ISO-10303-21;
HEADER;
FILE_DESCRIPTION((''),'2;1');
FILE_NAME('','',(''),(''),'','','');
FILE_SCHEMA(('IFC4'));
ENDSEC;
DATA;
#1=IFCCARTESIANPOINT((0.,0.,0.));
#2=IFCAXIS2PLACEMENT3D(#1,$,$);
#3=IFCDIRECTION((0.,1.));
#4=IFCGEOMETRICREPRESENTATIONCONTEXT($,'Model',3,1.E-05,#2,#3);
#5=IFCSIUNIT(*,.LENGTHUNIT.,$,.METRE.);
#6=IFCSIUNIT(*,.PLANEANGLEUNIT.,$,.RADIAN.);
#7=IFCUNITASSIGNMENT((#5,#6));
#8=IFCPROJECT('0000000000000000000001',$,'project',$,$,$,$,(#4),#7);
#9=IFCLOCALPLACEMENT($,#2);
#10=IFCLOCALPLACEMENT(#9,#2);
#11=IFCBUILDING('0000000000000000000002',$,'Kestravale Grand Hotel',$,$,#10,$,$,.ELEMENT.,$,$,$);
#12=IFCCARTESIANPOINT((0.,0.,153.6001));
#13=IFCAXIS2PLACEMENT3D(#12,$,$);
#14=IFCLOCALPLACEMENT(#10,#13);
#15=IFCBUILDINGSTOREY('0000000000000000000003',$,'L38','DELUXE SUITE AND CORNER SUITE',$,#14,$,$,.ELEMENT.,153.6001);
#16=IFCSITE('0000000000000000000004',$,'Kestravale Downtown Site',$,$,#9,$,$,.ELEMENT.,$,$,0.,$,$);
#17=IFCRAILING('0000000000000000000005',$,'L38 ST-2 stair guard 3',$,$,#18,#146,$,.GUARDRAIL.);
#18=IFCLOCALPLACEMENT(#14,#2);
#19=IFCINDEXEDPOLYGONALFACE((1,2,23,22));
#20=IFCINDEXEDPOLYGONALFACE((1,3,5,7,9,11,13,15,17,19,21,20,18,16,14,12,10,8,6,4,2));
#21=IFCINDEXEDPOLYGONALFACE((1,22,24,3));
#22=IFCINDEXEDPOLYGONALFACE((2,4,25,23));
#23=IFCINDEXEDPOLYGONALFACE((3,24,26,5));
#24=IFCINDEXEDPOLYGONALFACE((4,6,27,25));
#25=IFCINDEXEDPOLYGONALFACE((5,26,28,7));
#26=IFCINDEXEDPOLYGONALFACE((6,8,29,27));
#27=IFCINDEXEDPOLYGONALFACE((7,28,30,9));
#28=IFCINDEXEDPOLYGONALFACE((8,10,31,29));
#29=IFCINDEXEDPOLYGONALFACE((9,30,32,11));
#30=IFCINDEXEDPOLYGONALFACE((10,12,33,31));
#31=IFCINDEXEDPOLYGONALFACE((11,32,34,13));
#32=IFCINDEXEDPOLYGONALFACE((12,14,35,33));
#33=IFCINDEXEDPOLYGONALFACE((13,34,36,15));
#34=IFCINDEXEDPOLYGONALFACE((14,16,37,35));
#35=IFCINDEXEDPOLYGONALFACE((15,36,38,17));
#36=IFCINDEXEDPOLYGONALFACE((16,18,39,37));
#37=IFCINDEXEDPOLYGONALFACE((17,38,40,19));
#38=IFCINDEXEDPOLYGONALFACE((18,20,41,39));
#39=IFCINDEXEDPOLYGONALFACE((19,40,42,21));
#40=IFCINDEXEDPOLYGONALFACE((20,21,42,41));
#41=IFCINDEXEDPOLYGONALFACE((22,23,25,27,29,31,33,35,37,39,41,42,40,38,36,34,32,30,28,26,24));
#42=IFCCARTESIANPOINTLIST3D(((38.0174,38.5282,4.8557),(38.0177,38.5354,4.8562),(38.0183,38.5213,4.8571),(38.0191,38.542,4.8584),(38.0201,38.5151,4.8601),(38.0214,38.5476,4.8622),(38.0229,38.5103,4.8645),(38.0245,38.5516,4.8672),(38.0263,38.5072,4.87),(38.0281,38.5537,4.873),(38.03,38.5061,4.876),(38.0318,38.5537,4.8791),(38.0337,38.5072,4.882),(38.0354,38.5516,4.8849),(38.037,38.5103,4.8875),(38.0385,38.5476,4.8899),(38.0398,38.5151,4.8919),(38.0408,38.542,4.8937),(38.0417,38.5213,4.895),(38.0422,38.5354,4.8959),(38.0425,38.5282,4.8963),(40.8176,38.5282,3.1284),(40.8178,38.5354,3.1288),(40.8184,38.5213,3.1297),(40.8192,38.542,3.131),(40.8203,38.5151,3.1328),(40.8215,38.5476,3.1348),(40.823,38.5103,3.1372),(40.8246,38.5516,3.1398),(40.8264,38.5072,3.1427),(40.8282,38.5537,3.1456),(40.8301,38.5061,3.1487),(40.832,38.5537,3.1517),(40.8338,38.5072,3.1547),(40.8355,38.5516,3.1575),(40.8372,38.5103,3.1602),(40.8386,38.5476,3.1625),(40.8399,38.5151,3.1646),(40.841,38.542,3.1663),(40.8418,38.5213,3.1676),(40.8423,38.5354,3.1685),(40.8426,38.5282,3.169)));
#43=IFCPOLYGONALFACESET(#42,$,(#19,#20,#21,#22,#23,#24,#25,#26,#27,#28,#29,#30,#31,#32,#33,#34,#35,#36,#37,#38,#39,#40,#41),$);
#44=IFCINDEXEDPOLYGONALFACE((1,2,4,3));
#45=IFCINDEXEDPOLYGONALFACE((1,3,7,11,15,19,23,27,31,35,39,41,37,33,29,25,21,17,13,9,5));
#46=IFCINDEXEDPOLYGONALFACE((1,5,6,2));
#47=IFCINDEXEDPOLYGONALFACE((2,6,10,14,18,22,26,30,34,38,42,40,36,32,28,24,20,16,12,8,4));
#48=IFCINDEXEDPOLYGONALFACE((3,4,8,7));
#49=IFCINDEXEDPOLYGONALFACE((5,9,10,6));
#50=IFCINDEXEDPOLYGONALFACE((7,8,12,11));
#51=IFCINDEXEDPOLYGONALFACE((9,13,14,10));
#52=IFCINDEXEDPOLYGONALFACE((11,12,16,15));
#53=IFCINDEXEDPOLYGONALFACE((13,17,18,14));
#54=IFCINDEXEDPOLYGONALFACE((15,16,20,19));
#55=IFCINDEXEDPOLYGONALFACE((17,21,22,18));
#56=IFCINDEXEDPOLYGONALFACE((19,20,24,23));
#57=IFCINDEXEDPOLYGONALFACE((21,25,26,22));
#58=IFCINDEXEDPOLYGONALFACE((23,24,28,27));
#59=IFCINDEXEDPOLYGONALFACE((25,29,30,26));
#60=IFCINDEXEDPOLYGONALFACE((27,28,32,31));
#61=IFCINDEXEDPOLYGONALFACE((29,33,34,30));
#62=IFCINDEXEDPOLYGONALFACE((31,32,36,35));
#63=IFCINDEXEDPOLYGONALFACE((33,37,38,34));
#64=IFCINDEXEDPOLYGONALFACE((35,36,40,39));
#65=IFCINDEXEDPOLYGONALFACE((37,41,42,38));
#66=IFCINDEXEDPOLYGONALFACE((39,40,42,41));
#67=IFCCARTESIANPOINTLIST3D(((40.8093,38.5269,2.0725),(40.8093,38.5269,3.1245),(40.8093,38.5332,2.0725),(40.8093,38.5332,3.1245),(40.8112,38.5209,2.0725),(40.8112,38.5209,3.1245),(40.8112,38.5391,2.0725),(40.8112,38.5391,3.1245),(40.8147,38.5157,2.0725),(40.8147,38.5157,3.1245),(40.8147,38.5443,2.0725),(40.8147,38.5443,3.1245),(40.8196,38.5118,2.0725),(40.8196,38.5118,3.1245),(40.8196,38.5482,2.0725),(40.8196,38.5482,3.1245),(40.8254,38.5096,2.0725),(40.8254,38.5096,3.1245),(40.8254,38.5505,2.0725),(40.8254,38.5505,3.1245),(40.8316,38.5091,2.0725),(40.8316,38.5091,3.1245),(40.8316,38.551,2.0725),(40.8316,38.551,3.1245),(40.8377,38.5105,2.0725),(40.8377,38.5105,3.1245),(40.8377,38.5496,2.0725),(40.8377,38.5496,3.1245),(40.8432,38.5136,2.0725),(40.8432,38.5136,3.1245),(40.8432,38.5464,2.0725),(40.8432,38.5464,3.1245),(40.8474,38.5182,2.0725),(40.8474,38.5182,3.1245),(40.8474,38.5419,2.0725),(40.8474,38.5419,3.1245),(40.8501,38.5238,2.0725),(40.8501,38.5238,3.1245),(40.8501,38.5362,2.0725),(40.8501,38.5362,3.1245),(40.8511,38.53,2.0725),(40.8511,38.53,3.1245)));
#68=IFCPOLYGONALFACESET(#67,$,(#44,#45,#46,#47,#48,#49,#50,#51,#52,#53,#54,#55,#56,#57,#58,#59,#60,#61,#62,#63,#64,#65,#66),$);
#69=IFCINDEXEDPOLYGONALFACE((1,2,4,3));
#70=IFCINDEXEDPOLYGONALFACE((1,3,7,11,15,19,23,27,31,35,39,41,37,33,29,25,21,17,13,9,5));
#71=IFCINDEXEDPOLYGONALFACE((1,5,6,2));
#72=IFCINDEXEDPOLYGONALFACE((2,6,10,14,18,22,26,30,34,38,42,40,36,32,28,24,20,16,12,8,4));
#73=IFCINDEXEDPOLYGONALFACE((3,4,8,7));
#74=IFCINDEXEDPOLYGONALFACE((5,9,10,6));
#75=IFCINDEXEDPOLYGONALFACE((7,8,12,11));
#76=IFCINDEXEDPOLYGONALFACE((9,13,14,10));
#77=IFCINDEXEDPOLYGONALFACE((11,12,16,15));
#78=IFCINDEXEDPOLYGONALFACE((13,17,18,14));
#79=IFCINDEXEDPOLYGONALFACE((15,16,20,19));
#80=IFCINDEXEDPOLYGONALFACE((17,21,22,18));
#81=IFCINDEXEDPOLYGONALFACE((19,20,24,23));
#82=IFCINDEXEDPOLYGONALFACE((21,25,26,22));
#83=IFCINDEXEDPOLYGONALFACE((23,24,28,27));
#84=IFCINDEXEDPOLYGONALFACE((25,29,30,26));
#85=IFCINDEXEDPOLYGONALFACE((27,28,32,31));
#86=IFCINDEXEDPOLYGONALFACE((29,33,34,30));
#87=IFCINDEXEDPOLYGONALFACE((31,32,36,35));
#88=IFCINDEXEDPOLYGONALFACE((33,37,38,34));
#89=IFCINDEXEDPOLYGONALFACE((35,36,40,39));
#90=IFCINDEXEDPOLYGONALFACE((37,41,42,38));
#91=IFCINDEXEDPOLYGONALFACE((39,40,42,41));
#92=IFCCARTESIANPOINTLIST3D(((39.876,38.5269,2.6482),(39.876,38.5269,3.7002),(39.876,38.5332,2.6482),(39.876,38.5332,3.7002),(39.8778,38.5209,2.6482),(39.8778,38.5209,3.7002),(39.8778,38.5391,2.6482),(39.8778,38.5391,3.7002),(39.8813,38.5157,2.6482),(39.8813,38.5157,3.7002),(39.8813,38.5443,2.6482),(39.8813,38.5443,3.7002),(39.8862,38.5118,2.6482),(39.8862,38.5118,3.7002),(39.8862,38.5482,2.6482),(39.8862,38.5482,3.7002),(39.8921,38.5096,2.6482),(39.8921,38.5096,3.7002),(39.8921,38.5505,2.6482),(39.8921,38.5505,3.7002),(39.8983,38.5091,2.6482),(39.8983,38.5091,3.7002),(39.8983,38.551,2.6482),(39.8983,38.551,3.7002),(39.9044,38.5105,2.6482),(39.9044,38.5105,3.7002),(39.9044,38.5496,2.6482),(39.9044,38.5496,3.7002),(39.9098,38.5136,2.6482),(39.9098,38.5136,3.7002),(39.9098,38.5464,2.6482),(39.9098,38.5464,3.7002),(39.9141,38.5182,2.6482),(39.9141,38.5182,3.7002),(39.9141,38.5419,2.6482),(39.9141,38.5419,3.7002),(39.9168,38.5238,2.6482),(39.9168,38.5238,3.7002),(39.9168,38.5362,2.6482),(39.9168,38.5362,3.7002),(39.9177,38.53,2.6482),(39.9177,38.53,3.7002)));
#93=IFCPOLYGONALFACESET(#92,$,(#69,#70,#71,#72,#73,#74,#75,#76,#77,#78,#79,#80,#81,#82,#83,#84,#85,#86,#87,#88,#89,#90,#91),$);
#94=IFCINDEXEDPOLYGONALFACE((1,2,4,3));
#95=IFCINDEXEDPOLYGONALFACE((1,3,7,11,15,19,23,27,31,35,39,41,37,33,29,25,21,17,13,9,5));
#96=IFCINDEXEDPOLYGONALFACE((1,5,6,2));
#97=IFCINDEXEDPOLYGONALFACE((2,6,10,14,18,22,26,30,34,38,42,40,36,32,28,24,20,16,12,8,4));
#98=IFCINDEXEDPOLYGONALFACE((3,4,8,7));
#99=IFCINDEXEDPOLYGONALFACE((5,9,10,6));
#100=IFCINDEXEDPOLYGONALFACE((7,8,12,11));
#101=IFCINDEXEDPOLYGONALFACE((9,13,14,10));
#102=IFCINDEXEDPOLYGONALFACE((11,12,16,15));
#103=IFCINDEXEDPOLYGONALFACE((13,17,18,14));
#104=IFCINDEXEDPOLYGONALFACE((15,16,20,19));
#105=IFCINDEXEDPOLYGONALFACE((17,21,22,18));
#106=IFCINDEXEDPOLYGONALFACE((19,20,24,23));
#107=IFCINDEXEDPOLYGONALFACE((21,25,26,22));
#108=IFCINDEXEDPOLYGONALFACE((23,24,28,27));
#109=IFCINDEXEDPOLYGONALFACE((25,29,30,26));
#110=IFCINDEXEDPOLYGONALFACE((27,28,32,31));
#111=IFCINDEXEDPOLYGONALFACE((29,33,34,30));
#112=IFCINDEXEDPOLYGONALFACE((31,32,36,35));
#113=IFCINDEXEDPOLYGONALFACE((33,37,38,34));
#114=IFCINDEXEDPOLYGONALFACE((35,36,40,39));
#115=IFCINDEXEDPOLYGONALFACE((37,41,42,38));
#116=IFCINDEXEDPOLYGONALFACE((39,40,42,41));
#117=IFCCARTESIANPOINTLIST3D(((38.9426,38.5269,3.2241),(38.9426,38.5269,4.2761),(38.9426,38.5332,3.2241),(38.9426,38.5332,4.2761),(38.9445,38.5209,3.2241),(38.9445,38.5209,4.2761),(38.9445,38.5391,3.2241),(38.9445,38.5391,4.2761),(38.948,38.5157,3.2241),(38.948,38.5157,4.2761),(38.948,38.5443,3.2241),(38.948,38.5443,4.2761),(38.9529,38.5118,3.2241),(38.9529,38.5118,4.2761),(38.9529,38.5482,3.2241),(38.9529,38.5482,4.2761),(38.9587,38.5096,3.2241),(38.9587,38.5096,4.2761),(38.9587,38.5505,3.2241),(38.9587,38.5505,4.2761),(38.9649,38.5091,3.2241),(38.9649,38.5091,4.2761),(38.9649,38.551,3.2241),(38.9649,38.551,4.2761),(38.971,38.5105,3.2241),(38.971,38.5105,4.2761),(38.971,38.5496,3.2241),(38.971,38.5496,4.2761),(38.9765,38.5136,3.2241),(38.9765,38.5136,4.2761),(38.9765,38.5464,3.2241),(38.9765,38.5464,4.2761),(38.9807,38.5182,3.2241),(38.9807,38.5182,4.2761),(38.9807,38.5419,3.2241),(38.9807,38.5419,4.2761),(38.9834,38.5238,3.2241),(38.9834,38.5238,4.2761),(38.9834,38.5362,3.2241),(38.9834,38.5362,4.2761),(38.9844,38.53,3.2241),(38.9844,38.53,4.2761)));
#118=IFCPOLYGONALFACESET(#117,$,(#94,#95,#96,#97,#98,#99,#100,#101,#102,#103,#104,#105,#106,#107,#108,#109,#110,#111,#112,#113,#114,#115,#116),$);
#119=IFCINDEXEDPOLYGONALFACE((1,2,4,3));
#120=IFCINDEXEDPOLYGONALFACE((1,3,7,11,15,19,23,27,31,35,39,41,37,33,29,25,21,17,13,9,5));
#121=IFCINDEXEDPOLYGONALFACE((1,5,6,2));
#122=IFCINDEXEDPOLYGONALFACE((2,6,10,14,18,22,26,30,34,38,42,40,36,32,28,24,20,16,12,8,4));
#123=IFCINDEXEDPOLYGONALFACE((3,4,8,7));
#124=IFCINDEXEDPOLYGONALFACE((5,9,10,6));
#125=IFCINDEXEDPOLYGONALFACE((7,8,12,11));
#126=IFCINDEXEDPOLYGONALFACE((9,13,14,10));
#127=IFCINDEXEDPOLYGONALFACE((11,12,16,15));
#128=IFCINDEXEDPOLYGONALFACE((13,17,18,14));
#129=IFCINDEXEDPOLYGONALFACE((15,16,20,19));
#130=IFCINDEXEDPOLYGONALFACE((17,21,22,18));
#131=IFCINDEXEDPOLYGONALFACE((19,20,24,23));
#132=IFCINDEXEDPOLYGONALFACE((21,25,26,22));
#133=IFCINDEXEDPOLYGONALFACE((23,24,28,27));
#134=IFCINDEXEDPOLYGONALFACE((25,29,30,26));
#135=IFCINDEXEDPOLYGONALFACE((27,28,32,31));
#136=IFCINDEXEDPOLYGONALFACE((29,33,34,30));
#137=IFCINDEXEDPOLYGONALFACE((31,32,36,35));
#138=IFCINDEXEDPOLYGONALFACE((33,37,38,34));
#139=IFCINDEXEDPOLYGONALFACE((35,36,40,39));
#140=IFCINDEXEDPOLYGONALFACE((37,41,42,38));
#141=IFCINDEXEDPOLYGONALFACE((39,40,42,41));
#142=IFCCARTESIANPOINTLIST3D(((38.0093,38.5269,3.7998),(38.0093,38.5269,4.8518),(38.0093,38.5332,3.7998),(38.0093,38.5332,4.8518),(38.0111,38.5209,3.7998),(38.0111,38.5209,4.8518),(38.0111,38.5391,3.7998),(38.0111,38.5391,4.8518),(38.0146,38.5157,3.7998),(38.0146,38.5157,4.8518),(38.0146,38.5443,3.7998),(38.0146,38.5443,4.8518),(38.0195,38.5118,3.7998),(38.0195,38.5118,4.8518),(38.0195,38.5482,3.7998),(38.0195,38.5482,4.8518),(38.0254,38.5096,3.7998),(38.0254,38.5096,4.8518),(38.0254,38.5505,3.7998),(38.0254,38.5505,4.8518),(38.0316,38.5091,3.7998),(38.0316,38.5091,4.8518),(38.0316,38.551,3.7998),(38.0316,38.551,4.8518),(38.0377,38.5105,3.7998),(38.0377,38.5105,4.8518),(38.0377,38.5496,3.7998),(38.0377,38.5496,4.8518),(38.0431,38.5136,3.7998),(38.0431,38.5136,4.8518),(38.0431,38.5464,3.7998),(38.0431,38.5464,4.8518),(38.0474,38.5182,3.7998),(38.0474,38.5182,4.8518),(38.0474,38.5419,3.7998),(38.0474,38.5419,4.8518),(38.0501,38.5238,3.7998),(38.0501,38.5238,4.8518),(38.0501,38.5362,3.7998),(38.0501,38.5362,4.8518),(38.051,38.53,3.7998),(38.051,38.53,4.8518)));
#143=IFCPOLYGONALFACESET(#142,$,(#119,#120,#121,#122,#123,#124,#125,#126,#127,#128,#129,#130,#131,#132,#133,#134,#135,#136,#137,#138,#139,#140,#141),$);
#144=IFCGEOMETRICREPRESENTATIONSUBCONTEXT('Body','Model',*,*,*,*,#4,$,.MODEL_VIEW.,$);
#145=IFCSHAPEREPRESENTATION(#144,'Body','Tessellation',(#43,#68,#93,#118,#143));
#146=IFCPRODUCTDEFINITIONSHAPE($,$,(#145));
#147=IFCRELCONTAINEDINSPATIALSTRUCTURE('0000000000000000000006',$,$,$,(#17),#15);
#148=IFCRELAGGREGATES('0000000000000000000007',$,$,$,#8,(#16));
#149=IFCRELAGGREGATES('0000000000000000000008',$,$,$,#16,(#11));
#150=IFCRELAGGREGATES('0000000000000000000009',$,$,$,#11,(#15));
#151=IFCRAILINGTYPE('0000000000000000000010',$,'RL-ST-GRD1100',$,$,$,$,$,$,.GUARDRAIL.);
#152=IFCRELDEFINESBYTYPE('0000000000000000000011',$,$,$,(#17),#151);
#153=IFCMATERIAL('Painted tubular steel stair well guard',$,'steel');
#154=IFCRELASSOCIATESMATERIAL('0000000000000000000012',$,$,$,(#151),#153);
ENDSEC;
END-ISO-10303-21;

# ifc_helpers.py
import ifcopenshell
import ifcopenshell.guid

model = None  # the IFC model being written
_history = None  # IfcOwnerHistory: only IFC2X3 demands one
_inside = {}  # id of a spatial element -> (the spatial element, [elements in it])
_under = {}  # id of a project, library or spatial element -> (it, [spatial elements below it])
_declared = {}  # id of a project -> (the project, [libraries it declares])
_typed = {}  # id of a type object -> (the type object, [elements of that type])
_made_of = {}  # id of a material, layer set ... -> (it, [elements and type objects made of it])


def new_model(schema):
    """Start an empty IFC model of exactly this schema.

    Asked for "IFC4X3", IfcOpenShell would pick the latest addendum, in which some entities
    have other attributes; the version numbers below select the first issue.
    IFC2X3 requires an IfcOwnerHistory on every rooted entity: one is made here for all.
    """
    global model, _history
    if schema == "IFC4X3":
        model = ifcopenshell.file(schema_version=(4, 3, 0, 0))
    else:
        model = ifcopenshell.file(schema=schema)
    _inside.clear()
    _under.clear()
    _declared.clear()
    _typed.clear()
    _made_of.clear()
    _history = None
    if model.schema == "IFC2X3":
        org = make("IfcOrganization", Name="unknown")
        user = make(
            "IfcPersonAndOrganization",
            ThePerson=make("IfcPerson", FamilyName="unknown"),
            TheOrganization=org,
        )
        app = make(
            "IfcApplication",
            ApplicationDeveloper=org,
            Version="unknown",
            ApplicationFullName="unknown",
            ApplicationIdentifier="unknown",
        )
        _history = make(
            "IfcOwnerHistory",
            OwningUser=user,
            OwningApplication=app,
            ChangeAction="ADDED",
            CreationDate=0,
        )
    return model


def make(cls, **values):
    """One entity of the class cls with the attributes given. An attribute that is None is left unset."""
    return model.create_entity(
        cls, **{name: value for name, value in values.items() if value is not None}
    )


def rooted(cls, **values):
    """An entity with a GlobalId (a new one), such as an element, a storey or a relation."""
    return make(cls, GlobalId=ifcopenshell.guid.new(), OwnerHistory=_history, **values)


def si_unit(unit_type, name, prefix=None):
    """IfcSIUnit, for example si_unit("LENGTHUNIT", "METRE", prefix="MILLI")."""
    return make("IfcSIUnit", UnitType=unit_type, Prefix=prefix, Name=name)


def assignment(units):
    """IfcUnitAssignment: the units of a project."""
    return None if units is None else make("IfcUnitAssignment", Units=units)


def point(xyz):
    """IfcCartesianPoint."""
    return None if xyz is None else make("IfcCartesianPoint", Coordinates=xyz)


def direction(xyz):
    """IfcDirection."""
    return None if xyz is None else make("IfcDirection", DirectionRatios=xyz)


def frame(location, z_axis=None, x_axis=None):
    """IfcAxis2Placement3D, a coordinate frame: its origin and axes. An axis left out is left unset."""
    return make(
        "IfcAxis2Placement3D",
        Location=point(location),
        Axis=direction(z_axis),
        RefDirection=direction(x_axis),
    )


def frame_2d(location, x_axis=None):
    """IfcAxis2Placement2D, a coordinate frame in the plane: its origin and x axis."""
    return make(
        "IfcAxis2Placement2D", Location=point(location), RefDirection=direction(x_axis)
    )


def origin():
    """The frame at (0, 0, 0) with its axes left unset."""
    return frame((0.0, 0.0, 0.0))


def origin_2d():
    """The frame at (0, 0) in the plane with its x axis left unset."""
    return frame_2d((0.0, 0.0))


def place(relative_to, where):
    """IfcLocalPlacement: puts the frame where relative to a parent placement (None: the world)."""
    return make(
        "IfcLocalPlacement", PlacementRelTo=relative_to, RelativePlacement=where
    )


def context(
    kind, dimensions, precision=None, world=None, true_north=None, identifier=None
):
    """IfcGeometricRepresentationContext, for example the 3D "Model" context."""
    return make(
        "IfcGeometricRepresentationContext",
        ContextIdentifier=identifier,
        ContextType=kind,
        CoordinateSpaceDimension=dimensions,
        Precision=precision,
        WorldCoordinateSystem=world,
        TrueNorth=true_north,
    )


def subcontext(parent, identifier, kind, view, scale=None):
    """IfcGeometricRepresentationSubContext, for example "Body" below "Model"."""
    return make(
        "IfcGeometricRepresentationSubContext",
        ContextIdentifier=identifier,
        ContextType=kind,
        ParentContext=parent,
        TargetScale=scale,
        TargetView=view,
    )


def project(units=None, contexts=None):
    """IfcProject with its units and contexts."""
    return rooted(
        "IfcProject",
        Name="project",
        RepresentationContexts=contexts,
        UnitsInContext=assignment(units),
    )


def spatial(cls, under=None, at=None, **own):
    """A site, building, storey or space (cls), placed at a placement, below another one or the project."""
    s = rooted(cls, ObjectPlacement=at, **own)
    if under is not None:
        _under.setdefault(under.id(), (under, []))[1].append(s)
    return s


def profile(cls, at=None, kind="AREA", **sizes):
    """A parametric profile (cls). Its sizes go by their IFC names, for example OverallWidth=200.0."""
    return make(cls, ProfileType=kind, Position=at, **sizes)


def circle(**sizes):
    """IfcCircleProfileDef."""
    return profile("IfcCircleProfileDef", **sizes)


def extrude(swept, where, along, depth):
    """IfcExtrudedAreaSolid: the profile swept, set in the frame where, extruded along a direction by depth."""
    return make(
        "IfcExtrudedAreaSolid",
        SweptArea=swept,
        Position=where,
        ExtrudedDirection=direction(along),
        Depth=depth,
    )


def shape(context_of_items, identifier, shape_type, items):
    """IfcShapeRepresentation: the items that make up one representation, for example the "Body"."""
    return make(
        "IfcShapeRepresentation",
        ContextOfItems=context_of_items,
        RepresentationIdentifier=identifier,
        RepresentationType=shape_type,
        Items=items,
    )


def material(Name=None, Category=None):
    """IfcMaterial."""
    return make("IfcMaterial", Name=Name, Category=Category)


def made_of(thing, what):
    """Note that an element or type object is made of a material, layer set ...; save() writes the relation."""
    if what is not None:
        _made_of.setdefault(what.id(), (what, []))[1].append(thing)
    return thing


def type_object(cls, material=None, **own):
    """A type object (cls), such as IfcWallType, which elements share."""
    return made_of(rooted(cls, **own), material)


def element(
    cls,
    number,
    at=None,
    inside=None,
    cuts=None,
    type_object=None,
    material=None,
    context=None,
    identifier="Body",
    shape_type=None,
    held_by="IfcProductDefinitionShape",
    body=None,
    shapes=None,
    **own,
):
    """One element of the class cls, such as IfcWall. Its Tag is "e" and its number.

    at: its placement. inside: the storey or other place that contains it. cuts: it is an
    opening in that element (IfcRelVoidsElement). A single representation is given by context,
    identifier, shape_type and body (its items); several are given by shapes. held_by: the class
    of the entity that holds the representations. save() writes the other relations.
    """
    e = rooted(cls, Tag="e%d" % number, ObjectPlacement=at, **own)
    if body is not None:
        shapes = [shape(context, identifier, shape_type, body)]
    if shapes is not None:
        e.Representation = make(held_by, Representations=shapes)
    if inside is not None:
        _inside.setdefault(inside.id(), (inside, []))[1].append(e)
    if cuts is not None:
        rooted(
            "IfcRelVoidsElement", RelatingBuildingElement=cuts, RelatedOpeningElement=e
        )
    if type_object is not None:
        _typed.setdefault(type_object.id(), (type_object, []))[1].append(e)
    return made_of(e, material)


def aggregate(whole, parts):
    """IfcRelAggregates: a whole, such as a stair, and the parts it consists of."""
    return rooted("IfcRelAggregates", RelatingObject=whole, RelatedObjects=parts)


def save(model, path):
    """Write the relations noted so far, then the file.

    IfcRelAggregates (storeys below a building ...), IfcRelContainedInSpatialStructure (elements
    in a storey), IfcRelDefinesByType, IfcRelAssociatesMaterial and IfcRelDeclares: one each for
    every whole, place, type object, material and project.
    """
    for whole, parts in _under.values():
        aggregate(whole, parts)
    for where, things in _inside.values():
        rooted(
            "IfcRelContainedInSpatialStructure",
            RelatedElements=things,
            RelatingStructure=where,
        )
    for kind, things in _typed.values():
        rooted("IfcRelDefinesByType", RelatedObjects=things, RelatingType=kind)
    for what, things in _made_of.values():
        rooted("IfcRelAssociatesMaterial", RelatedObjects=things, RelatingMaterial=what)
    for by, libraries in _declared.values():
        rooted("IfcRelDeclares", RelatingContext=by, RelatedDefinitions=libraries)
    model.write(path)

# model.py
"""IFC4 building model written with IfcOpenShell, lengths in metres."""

from ifc_helpers import new_model, si_unit, direction, frame, origin, origin_2d, place, context, subcontext, project, spatial, circle, extrude, material, type_object, element, save


model = new_model("IFC4")

# Units and contexts
model_context = context("Model", 3, precision=1e-05, world=origin(), true_north=direction((0.0, 1.0)))
body_context = subcontext(model_context, "Body", "Model", "MODEL_VIEW")
ifc_project = project(units=[si_unit("LENGTHUNIT", "METRE"), si_unit("PLANEANGLEUNIT", "RADIAN")], contexts=[model_context])

# Site, building, storey
site_placement = place(None, origin())
site = spatial("IfcSite", under=ifc_project, at=site_placement, Name="Kestravale Downtown Site", CompositionType="ELEMENT", RefElevation=0.0)
building_placement = place(site_placement, origin())
building = spatial("IfcBuilding", under=site, at=building_placement, Name="Kestravale Grand Hotel", CompositionType="ELEMENT")
storey_placement = place(building_placement, frame((0.0, 0.0, 153.6001)))
storey = spatial("IfcBuildingStorey", under=building, at=storey_placement, Name="L38", Description="DELUXE SUITE AND CORNER SUITE", CompositionType="ELEMENT", Elevation=153.6001)

# Railing
ifc_material_1 = material(Name="Painted tubular steel stair well guard", Category="steel")
railing_type_1 = type_object("IfcRailingType", Name="RL-ST-GRD1100", PredefinedType="GUARDRAIL", material=ifc_material_1)
railing_1_placement = place(storey_placement, frame((40.8301, 38.53, 2.0725)))
element("IfcRailing", 1, at=railing_1_placement, inside=storey, type_object=railing_type_1, Name="L38 ST-2 stair guard 3", PredefinedType="GUARDRAIL", context=body_context, shape_type="SweptSolid", body=[
    extrude(circle(Radius=0.0239, at=origin_2d()), frame((0.0, 0.0, 1.0762), z_axis=(-0.85109, 0.0, 0.52502), x_axis=(0.0, -1.0, 0.0)), (0.0, 0.0, 1.0), 3.29),
    extrude(circle(Radius=0.021, at=origin_2d()), origin(), (0.0, 0.0, 1.0), 1.052),
    extrude(circle(Radius=0.021, at=origin_2d()), frame((-0.9333, 0.0, 0.5757)), (0.0, 0.0, 1.0), 1.052),
    extrude(circle(Radius=0.021, at=origin_2d()), frame((-1.8667, 0.0, 1.1516)), (0.0, 0.0, 1.0), 1.052),
    extrude(circle(Radius=0.021, at=origin_2d()), frame((-2.8, 0.0, 1.7273)), (0.0, 0.0, 1.0), 1.052),
])

save(model, "model.ifc")
